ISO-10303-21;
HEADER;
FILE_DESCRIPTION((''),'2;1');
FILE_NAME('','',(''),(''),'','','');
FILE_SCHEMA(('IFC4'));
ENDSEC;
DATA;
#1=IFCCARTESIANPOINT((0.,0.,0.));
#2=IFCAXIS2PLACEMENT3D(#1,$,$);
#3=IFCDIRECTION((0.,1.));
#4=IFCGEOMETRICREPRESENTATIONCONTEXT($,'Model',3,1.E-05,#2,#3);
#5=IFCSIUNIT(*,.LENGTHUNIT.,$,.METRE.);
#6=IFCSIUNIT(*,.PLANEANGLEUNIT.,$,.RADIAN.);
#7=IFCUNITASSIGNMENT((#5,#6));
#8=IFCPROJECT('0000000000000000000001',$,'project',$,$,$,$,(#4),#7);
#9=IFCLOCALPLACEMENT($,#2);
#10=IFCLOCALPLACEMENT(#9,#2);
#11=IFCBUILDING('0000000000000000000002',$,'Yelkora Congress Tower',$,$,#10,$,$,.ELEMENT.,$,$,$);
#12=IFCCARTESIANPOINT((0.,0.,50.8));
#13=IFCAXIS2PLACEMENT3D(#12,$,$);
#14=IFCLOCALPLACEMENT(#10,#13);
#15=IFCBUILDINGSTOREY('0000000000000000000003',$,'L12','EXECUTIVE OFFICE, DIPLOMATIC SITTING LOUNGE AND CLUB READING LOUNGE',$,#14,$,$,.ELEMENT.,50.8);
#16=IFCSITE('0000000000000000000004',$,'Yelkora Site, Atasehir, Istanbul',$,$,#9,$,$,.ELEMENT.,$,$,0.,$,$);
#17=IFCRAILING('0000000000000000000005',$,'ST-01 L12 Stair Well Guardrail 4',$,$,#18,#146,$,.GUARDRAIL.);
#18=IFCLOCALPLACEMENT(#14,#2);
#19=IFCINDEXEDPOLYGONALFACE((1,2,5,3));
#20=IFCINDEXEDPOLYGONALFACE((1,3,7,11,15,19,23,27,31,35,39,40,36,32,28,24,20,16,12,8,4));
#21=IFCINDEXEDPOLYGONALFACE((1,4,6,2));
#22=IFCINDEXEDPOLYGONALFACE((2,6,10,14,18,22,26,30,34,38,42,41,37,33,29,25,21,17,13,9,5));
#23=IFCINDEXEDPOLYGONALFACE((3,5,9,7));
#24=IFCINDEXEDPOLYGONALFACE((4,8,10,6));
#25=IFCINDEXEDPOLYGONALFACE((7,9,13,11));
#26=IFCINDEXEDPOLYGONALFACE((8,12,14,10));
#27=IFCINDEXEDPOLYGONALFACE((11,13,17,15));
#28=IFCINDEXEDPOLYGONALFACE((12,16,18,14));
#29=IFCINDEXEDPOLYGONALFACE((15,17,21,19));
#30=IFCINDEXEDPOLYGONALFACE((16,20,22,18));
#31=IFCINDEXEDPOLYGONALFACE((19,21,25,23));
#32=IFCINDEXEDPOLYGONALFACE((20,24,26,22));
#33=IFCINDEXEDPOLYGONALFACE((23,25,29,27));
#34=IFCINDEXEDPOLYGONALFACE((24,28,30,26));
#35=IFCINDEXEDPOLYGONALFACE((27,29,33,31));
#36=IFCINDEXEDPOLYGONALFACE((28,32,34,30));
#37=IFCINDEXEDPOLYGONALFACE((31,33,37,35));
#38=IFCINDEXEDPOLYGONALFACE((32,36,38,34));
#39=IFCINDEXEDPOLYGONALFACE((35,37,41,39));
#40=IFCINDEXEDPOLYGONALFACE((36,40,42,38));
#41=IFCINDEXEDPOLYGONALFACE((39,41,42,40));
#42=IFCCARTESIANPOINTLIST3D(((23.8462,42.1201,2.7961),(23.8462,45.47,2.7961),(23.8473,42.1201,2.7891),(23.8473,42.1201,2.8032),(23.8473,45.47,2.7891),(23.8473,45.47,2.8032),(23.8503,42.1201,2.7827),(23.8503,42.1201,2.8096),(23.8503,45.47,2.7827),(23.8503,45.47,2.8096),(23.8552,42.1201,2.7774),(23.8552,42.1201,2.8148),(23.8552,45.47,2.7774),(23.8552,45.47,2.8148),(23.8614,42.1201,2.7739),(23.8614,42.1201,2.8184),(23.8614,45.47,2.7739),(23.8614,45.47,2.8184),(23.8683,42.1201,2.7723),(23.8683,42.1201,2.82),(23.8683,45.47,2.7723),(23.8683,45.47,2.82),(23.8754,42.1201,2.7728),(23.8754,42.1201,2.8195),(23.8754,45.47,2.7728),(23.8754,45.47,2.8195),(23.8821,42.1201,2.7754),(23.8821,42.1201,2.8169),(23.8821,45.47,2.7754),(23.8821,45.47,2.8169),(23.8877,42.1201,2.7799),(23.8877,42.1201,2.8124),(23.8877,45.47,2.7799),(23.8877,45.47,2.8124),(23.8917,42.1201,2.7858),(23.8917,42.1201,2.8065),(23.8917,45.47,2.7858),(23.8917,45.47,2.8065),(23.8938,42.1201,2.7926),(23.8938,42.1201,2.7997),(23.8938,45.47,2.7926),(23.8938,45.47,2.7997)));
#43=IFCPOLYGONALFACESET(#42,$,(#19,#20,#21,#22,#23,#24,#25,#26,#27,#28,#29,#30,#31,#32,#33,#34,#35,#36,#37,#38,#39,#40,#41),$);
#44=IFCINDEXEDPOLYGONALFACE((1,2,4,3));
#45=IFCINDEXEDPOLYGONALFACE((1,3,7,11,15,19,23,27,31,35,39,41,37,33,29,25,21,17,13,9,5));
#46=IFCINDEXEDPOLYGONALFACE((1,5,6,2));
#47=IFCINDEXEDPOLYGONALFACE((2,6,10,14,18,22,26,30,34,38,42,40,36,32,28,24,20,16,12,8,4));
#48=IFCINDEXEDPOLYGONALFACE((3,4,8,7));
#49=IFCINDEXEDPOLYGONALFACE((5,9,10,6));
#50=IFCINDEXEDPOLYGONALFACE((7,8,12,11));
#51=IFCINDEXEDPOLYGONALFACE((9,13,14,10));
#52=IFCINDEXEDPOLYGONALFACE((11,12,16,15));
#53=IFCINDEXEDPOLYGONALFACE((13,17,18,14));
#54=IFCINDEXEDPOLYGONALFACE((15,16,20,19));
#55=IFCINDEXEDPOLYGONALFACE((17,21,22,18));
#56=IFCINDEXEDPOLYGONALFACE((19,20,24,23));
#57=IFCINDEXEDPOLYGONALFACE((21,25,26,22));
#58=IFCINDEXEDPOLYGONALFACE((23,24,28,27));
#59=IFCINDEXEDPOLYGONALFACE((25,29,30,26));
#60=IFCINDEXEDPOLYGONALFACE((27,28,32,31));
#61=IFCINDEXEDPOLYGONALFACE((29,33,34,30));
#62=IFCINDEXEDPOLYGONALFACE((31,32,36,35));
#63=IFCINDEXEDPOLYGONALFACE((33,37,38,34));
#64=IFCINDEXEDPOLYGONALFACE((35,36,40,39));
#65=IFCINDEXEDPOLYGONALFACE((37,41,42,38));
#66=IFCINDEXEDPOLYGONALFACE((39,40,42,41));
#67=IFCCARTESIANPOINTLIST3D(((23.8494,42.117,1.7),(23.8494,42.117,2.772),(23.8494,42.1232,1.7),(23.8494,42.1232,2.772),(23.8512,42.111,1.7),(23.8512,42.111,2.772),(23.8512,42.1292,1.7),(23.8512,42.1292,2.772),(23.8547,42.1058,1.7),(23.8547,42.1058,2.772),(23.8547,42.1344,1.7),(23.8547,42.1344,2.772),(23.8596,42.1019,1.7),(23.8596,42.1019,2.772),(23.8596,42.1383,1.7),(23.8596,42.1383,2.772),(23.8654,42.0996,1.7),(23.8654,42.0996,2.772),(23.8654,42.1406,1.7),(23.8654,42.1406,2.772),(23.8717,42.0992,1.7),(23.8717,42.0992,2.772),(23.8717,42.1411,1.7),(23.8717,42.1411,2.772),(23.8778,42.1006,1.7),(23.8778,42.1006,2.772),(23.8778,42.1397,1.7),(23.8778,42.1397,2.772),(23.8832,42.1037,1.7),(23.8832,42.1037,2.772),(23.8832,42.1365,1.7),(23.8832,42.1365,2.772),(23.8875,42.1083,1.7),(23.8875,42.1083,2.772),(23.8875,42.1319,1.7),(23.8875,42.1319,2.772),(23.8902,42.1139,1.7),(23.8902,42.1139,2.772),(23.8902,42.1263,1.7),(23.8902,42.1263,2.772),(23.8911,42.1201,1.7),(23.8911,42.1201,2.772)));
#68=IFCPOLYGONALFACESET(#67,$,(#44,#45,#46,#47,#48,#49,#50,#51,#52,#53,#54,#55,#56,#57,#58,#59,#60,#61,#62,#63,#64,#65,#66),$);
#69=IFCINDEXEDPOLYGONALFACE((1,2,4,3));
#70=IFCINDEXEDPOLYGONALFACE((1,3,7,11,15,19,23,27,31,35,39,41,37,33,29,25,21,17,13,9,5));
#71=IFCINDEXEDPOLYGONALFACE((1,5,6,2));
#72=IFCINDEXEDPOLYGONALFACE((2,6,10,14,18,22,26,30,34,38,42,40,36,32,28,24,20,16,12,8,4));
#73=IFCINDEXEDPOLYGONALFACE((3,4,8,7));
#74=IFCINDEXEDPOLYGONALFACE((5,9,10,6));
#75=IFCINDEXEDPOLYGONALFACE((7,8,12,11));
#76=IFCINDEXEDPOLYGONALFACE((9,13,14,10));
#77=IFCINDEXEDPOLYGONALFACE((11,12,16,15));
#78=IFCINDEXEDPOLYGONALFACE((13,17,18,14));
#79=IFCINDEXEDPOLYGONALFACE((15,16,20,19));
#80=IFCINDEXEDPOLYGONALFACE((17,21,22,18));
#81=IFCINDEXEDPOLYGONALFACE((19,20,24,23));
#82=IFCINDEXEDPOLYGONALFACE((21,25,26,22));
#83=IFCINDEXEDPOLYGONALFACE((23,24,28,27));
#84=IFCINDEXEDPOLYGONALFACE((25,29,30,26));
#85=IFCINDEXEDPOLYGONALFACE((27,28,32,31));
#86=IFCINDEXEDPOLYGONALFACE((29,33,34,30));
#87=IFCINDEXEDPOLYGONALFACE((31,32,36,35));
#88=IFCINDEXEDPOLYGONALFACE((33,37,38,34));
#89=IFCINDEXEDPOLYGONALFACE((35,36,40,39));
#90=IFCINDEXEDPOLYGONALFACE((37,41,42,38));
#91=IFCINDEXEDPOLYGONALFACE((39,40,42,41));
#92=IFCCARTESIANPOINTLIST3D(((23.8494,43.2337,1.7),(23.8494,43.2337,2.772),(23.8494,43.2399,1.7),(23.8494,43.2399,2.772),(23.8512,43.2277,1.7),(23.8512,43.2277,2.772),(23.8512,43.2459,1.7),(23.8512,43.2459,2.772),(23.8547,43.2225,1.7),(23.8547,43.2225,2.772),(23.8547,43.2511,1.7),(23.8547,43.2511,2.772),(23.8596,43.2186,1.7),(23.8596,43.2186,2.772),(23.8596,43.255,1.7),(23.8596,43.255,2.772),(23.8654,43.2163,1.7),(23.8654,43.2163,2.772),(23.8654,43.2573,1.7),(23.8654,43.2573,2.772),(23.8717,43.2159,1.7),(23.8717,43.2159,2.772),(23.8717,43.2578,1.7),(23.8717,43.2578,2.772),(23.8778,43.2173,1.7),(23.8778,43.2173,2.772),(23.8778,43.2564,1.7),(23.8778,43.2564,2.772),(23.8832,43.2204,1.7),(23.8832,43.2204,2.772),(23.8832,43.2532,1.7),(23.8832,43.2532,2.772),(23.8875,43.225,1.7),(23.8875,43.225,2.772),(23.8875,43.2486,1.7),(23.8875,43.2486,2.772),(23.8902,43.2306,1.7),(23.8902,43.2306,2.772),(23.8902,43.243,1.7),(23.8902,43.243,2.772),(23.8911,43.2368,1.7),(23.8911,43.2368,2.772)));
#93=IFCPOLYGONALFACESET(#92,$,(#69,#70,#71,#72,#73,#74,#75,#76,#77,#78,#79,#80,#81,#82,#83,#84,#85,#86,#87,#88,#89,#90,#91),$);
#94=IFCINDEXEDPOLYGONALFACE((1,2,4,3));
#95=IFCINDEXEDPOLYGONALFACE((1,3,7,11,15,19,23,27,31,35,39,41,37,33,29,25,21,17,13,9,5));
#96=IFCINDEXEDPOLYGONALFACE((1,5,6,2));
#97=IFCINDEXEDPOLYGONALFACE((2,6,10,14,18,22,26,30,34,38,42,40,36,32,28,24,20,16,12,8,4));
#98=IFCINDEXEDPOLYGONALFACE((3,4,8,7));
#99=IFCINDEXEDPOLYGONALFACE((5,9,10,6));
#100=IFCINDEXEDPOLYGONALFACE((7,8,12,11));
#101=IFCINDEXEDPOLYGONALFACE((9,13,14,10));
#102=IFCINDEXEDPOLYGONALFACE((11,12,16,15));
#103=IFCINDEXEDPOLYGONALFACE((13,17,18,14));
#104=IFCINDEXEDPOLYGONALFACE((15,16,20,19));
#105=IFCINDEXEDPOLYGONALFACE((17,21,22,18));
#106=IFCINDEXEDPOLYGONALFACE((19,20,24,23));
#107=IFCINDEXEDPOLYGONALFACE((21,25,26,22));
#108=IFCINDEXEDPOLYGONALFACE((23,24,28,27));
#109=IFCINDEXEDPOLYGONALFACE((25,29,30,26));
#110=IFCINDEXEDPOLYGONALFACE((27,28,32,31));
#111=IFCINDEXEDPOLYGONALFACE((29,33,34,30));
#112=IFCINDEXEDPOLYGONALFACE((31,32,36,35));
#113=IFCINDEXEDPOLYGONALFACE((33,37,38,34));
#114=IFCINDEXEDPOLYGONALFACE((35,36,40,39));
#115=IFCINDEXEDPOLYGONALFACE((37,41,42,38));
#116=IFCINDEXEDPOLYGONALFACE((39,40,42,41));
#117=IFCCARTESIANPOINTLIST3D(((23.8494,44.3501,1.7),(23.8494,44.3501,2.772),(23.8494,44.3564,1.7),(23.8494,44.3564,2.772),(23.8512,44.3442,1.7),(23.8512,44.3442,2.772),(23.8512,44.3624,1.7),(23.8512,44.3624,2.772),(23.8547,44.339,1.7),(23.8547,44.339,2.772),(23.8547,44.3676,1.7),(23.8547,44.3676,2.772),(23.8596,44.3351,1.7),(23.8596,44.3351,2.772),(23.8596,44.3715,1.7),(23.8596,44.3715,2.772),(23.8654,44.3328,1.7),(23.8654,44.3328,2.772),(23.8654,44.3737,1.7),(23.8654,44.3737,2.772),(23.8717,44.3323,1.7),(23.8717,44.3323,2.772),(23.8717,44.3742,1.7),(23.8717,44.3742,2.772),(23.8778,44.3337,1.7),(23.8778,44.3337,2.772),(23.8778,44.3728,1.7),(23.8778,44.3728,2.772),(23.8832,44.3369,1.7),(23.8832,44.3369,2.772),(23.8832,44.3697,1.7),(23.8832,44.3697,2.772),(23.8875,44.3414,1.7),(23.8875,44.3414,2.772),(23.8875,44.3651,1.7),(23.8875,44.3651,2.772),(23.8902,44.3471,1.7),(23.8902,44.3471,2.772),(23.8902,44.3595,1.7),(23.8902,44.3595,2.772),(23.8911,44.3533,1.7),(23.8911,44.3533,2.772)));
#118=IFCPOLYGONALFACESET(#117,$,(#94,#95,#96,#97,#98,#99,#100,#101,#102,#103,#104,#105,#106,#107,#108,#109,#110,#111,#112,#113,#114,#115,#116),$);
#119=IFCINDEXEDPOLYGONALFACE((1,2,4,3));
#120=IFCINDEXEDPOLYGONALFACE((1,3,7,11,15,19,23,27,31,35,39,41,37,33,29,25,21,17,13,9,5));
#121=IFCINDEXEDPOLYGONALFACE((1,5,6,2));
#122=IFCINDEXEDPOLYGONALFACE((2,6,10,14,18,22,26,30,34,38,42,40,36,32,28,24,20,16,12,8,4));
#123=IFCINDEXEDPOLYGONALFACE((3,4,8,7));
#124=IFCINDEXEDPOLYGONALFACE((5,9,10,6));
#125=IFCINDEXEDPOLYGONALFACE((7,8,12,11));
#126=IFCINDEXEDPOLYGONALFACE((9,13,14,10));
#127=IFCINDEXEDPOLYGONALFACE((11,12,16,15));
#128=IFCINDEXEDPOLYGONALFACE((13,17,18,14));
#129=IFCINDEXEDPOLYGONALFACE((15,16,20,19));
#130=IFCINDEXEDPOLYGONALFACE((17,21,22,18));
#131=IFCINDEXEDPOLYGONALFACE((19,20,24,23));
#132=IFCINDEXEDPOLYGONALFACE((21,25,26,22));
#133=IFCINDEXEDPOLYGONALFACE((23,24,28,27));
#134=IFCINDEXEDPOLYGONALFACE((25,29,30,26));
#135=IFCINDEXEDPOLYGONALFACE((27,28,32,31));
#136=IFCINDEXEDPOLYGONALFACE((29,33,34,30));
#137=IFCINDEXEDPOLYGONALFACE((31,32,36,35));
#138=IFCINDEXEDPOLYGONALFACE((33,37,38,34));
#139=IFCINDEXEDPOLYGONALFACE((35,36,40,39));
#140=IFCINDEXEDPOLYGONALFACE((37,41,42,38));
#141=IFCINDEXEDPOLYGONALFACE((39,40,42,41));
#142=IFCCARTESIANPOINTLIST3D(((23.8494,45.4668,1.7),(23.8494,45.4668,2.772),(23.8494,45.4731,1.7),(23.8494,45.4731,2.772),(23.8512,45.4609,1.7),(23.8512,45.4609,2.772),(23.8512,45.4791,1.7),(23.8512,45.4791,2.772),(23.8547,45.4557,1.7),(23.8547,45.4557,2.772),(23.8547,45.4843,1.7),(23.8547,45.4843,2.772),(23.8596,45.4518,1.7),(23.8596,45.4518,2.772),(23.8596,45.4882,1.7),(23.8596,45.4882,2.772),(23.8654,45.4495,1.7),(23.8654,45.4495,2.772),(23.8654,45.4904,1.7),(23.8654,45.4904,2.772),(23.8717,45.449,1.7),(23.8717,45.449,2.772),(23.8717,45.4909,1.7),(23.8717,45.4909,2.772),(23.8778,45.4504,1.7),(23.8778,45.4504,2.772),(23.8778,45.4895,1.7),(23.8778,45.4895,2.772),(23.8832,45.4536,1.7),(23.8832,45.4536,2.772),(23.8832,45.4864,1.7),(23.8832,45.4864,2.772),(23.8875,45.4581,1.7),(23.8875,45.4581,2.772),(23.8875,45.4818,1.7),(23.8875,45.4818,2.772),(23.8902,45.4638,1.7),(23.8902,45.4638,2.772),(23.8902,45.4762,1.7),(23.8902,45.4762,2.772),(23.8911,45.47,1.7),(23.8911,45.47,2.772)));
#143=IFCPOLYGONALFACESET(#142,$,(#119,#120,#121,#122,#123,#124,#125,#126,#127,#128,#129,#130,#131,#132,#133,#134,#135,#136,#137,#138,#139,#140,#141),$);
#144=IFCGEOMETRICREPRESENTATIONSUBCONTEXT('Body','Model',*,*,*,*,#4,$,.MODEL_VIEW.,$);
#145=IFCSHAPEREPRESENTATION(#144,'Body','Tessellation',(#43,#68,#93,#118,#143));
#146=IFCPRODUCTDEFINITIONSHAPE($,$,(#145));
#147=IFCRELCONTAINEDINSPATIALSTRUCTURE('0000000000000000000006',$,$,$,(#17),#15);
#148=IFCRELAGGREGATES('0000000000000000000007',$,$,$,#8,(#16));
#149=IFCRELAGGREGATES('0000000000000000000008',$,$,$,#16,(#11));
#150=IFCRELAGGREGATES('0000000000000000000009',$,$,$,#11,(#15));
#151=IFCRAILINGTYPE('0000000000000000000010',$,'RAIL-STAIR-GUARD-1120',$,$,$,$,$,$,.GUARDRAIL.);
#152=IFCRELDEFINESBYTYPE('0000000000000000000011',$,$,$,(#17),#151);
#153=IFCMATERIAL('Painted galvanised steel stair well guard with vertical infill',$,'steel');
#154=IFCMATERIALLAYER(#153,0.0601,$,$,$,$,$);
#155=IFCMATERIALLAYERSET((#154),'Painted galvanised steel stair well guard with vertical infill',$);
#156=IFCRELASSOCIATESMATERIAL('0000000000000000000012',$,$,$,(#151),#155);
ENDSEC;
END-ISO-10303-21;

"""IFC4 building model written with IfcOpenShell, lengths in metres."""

from ifc_helpers import new_model, si_unit, direction, frame, origin, origin_2d, place, context, subcontext, project, spatial, circle, extrude, material, layer, layer_set, type_object, element, save


model = new_model("IFC4")

# Units and contexts
model_context = context("Model", 3, precision=1e-05, world=origin(), true_north=direction((0.0, 1.0)))
body_context = subcontext(model_context, "Body", "Model", "MODEL_VIEW")
ifc_project = project(units=[si_unit("LENGTHUNIT", "METRE"), si_unit("PLANEANGLEUNIT", "RADIAN")], contexts=[model_context])

# Site, building, storey
site_placement = place(None, origin())
site = spatial("IfcSite", under=ifc_project, at=site_placement, Name="Yelkora Site, Atasehir, Istanbul", CompositionType="ELEMENT", RefElevation=0.0)
building_placement = place(site_placement, origin())
building = spatial("IfcBuilding", under=site, at=building_placement, Name="Yelkora Congress Tower", CompositionType="ELEMENT")
storey_placement = place(building_placement, frame((0.0, 0.0, 50.8)))
storey = spatial("IfcBuildingStorey", under=building, at=storey_placement, Name="L12", Description="EXECUTIVE OFFICE, DIPLOMATIC SITTING LOUNGE AND CLUB READING LOUNGE", CompositionType="ELEMENT", Elevation=50.8)

# Railing
ifc_material_1 = material(Name="Painted galvanised steel stair well guard with vertical infill", Category="steel")
ifc_layer_1 = layer(ifc_material_1, 0.0601)
ifc_layer_set_1 = layer_set([ifc_layer_1], Name="Painted galvanised steel stair well guard with vertical infill")
railing_type_1 = type_object("IfcRailingType", Name="RAIL-STAIR-GUARD-1120", PredefinedType="GUARDRAIL", material=ifc_layer_set_1)
for number, where, name in (
    (1, (23.8701, 42.1201, 1.7), "ST-01 L12 Stair Well Guardrail 4"),
):
    element("IfcRailing", number, at=place(storey_placement, frame(where)), inside=storey, type_object=railing_type_1, Name=name, PredefinedType="GUARDRAIL", context=body_context, shape_type="SweptSolid", body=[
        extrude(circle(Radius=0.0239, at=origin_2d()), frame((0.0, 0.0, 1.0962), z_axis=(0.0, 1.0, 0.0), x_axis=(-1.0, 0.0, 0.0)), (0.0, 0.0, 1.0), 3.3499),
        extrude(circle(Radius=0.021, at=origin_2d()), origin(), (0.0, 0.0, 1.0), 1.072),
        extrude(circle(Radius=0.021, at=origin_2d()), frame((0.0, 1.1167, 0.0)), (0.0, 0.0, 1.0), 1.072),
        extrude(circle(Radius=0.021, at=origin_2d()), frame((0.0, 2.2332, 0.0)), (0.0, 0.0, 1.0), 1.072),
        extrude(circle(Radius=0.021, at=origin_2d()), frame((0.0, 3.3499, 0.0)), (0.0, 0.0, 1.0), 1.072),
    ])

save(model, "model.ifc")
